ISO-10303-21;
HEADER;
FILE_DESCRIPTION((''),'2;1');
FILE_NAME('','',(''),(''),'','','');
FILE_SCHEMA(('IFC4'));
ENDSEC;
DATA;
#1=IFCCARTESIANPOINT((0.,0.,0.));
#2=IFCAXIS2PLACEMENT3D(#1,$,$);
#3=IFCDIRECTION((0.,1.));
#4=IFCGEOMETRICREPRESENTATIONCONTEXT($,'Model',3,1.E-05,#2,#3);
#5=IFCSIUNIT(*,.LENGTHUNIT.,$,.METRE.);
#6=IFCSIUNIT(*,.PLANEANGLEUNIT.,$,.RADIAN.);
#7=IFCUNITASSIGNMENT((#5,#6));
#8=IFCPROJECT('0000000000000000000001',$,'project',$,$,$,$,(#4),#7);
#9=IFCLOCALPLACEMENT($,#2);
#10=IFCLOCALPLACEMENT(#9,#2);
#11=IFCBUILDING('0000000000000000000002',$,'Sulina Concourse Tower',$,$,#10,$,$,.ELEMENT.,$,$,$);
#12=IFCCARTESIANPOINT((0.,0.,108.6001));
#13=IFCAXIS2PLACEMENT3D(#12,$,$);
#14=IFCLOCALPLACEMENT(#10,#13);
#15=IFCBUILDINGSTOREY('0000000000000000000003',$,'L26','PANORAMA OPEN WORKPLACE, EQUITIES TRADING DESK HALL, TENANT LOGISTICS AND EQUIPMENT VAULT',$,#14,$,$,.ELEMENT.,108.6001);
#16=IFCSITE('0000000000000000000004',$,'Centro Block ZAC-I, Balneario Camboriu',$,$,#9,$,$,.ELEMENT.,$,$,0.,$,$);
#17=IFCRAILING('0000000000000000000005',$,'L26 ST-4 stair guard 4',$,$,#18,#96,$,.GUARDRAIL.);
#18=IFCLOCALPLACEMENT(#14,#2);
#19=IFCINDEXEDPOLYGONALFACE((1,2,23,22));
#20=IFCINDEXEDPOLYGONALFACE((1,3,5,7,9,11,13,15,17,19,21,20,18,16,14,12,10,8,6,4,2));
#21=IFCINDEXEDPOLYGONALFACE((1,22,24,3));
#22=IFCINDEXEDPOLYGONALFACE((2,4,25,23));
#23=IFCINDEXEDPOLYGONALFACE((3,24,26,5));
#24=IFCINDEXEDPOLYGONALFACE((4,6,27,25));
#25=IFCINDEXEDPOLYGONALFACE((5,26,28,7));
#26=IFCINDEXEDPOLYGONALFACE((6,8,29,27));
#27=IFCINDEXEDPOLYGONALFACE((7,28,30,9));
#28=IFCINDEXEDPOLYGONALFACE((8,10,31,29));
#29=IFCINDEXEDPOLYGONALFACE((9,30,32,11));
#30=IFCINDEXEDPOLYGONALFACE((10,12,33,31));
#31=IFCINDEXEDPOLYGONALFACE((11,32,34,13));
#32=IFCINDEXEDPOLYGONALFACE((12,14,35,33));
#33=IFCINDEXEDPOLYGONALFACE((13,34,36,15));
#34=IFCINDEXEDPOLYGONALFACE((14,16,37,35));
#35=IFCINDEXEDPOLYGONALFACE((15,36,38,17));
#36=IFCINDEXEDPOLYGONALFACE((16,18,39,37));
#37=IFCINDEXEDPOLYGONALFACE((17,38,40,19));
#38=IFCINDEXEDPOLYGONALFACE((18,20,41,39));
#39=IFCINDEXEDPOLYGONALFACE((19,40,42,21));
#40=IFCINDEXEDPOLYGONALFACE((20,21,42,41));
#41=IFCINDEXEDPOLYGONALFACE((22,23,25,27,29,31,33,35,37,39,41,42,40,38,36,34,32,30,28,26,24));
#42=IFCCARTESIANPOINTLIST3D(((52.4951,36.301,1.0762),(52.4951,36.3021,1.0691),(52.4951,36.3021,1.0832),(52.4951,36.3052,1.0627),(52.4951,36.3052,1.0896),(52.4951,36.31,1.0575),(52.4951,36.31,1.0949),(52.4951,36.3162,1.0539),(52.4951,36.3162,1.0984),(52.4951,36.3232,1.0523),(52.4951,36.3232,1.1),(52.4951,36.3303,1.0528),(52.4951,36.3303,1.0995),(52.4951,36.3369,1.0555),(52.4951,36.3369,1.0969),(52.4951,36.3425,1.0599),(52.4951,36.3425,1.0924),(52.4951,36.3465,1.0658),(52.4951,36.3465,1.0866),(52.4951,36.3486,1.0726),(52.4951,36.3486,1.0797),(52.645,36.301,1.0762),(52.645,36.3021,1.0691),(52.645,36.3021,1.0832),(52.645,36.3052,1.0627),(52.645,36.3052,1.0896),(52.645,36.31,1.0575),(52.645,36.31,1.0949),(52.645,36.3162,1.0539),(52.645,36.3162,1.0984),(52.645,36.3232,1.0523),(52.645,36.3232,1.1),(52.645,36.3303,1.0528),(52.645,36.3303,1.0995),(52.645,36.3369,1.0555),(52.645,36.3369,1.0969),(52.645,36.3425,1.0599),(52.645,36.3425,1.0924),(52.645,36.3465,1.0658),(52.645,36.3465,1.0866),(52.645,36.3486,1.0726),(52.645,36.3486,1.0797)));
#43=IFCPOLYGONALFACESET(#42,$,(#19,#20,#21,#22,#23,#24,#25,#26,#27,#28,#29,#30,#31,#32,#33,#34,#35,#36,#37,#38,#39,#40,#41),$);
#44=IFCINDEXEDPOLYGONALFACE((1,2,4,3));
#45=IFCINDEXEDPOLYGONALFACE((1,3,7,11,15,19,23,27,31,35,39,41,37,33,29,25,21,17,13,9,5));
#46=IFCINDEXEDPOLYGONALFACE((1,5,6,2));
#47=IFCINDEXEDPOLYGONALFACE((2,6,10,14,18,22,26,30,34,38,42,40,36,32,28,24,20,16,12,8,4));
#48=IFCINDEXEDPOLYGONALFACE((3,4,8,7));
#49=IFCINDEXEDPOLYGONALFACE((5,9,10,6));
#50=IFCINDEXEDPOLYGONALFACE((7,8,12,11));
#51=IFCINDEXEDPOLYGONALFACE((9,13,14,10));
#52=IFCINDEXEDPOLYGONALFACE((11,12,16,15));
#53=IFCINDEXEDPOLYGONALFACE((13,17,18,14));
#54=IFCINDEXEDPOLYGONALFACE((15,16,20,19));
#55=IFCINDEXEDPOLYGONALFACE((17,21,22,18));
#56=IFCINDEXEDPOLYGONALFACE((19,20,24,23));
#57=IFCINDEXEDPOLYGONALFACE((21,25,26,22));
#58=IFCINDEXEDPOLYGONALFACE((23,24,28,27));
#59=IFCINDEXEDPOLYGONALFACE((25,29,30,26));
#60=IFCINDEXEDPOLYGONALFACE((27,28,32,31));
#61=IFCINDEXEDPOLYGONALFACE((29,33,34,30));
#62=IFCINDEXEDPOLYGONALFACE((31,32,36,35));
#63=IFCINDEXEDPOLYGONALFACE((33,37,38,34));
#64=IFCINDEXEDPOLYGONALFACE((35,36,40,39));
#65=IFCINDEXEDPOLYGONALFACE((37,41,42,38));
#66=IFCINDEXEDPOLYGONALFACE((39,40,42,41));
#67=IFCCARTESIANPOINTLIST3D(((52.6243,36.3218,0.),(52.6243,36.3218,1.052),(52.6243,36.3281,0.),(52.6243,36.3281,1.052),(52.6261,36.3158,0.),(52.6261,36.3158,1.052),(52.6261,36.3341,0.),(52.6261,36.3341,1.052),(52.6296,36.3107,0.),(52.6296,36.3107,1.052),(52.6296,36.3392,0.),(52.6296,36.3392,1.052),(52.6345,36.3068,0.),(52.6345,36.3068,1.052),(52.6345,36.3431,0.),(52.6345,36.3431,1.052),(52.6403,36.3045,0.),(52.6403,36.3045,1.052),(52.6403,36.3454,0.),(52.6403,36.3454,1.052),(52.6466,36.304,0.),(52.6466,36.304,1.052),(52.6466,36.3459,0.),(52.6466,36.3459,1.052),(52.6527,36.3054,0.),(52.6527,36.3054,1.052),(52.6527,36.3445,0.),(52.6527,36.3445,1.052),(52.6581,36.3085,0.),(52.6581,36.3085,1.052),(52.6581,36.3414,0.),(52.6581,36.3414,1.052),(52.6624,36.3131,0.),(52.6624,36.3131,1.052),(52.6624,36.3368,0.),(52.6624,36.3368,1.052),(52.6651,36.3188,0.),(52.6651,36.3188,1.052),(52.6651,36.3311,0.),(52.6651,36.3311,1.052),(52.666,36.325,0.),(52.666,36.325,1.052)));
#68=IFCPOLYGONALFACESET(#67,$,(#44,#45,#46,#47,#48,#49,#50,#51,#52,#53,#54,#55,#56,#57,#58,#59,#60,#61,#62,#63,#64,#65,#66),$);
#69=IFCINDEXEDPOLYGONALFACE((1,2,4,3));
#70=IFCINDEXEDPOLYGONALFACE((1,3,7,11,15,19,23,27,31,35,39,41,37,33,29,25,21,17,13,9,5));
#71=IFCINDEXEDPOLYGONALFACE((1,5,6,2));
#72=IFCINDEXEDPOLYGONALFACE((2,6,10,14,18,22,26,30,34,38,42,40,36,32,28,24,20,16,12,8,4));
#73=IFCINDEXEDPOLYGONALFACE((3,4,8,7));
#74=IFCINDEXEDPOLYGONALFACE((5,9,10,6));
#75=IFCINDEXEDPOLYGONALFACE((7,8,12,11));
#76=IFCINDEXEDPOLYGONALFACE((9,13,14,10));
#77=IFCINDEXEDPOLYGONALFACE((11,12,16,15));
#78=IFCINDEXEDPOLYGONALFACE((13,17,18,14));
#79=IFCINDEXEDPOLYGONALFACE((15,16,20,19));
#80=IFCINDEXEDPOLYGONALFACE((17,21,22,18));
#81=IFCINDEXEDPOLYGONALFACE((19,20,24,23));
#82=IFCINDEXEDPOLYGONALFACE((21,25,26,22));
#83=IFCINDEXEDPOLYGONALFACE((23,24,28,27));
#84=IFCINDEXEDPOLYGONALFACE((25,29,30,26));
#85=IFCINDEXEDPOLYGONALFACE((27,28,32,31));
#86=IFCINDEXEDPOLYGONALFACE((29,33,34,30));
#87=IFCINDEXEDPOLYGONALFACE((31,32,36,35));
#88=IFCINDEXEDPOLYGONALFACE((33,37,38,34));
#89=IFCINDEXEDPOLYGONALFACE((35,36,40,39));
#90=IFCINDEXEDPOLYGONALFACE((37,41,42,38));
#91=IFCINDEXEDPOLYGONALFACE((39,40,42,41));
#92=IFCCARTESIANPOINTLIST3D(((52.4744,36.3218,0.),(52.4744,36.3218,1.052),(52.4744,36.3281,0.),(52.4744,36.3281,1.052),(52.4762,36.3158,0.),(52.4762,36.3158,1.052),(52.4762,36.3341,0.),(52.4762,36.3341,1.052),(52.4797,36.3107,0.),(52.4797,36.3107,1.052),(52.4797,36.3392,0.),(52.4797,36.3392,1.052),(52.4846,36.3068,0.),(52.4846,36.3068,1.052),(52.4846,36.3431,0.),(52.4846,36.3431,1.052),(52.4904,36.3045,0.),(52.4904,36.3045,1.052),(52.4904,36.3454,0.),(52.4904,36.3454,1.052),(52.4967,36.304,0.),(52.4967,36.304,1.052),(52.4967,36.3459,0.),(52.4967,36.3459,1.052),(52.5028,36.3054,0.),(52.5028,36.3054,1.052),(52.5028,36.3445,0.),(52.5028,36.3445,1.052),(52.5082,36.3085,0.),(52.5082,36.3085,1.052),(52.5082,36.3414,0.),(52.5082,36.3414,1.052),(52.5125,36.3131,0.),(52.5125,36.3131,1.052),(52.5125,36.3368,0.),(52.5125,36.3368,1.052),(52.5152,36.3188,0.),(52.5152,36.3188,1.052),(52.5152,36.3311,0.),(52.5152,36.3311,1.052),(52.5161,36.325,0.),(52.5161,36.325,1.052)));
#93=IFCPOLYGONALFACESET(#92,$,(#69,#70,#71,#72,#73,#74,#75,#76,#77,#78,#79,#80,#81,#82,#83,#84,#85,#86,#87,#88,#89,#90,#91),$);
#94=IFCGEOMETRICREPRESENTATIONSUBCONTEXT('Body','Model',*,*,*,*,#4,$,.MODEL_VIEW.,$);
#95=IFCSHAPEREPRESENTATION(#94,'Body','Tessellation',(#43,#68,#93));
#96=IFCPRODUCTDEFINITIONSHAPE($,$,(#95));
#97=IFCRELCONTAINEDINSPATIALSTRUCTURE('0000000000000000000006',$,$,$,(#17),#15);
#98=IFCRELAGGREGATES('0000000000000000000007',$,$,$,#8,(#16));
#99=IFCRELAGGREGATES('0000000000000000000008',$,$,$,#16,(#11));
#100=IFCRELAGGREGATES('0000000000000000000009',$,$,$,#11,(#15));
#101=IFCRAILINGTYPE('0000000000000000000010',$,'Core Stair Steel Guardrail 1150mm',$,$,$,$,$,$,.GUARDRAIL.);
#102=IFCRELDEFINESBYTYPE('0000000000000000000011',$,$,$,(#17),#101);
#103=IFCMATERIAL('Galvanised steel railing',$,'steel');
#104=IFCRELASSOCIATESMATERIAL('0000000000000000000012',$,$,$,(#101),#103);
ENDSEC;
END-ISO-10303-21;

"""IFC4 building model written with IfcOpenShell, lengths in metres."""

from ifc_helpers import new_model, si_unit, direction, frame, origin, origin_2d, place, context, subcontext, project, spatial, circle, extrude, material, type_object, element, save


model = new_model("IFC4")

# Units and contexts
model_context = context("Model", 3, precision=1e-05, world=origin(), true_north=direction((0.0, 1.0)))
body_context = subcontext(model_context, "Body", "Model", "MODEL_VIEW")
ifc_project = project(units=[si_unit("LENGTHUNIT", "METRE"), si_unit("PLANEANGLEUNIT", "RADIAN")], contexts=[model_context])

# Site, building, storey
site_placement = place(None, origin())
site = spatial("IfcSite", under=ifc_project, at=site_placement, Name="Centro Block ZAC-I, Balneario Camboriu", CompositionType="ELEMENT", RefElevation=0.0)
building_placement = place(site_placement, origin())
building = spatial("IfcBuilding", under=site, at=building_placement, Name="Sulina Concourse Tower", CompositionType="ELEMENT")
storey_placement = place(building_placement, frame((0.0, 0.0, 108.6001)))
storey = spatial("IfcBuildingStorey", under=building, at=storey_placement, Name="L26", Description="PANORAMA OPEN WORKPLACE, EQUITIES TRADING DESK HALL, TENANT LOGISTICS AND EQUIPMENT VAULT", CompositionType="ELEMENT", Elevation=108.6001)

# Railing
ifc_material_1 = material(Name="Galvanised steel railing", Category="steel")
railing_type_1 = type_object("IfcRailingType", Name="Core Stair Steel Guardrail 1150mm", PredefinedType="GUARDRAIL", material=ifc_material_1)
railing_1_placement = place(storey_placement, frame((52.645, 36.325, 0.0)))
element("IfcRailing", 1, at=railing_1_placement, inside=storey, type_object=railing_type_1, Name="L26 ST-4 stair guard 4", PredefinedType="GUARDRAIL", context=body_context, shape_type="SweptSolid", body=[
    extrude(circle(Radius=0.0239, at=origin_2d()), frame((0.0, 0.0, 1.0762), z_axis=(-1.0, 0.0, 0.0), x_axis=(0.0, -1.0, 0.0)), (0.0, 0.0, 1.0), 0.1499),
    extrude(circle(Radius=0.021, at=origin_2d()), origin(), (0.0, 0.0, 1.0), 1.052),
    extrude(circle(Radius=0.021, at=origin_2d()), frame((-0.1499, 0.0, 0.0)), (0.0, 0.0, 1.0), 1.052),
])

save(model, "model.ifc")
